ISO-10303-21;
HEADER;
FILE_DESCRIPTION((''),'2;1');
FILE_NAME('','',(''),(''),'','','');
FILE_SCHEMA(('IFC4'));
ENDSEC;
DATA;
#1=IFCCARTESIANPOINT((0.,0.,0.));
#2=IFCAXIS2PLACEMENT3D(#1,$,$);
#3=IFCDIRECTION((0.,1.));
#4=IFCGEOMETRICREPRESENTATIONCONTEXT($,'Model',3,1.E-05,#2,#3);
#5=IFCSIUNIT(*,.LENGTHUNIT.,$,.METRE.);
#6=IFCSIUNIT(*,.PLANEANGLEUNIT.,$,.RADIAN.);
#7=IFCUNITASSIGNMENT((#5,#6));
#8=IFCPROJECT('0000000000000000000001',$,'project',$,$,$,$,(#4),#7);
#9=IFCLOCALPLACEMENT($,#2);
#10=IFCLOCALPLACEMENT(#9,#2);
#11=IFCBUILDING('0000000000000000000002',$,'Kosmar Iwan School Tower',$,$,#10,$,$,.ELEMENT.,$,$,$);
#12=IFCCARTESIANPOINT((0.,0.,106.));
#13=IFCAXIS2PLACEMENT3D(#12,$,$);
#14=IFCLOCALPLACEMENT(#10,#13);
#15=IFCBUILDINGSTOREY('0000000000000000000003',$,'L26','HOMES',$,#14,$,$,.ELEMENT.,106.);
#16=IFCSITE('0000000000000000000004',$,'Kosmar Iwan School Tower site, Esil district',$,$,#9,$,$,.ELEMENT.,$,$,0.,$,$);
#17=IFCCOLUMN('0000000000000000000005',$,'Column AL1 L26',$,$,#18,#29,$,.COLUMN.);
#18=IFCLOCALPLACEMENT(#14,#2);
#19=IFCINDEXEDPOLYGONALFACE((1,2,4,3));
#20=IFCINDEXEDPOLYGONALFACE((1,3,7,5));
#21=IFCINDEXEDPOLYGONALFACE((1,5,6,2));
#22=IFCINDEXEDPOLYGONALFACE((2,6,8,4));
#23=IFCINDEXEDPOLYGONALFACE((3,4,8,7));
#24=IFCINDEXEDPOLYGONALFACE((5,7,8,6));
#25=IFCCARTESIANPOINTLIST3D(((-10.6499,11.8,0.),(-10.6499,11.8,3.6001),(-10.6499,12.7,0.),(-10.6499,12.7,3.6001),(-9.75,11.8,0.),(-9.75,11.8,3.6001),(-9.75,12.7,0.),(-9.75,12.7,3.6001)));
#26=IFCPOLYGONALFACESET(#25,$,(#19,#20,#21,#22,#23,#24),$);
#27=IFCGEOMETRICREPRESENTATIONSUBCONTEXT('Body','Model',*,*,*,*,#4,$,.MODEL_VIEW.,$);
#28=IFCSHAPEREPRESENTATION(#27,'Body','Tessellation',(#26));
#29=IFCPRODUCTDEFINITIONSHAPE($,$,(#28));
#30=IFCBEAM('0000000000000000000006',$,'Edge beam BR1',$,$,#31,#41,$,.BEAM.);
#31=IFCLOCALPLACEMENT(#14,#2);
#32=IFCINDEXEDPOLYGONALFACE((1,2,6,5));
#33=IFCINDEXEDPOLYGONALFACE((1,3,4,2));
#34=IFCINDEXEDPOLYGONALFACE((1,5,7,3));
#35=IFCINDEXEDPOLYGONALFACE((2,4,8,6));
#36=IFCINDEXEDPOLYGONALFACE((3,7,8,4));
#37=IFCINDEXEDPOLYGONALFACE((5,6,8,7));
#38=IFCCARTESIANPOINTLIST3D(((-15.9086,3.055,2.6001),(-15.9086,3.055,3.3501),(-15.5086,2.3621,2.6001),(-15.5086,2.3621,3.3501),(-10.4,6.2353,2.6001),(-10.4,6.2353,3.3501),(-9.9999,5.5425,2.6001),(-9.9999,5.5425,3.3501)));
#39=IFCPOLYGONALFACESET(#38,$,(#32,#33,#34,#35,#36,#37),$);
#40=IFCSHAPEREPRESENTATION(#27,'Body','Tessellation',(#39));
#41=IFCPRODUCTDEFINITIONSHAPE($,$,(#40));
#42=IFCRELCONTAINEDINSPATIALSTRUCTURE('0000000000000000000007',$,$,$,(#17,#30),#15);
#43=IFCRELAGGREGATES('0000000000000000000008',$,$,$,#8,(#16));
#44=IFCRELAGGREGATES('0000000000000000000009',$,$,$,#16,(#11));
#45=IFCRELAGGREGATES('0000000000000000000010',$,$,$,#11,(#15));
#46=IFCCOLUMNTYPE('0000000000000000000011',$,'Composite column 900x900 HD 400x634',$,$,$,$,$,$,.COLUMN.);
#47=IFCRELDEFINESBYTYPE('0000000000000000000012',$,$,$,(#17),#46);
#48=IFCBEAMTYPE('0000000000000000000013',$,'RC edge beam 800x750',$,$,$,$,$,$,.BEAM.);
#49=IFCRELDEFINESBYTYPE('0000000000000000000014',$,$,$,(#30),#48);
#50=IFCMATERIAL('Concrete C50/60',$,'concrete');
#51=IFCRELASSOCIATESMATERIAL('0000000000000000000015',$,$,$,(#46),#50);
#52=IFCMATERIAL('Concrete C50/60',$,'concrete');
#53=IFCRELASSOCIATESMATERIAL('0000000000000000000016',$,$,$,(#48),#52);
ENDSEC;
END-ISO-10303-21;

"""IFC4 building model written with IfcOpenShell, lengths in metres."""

from ifc_helpers import new_model, si_unit, direction, frame, origin, origin_2d, place, context, subcontext, project, spatial, rectangle, extrude, material, material_profile, profile_set, type_object, element, save


model = new_model("IFC4")

# Units and contexts
model_context = context("Model", 3, precision=1e-05, world=origin(), true_north=direction((0.0, 1.0)))
body_context = subcontext(model_context, "Body", "Model", "MODEL_VIEW")
ifc_project = project(units=[si_unit("LENGTHUNIT", "METRE"), si_unit("PLANEANGLEUNIT", "RADIAN")], contexts=[model_context])

# Site, building, storey
site_placement = place(None, origin())
site = spatial("IfcSite", under=ifc_project, at=site_placement, Name="Kosmar Iwan School Tower site, Esil district", CompositionType="ELEMENT", RefElevation=0.0)
building_placement = place(site_placement, origin())
building = spatial("IfcBuilding", under=site, at=building_placement, Name="Kosmar Iwan School Tower", CompositionType="ELEMENT")
storey_placement = place(building_placement, frame((0.0, 0.0, 106.0)))
storey = spatial("IfcBuildingStorey", under=building, at=storey_placement, Name="L26", Description="HOMES", CompositionType="ELEMENT", Elevation=106.0)

# Column
ifc_material_1 = material(Name="Concrete C50/60", Category="concrete")
ifc_material_profile_1 = material_profile(ifc_material_1, rectangle(XDim=0.8999, YDim=0.8999, at=origin_2d()), Name="RC 900x900 + HD 400x634")
ifc_profile_set_1 = profile_set([ifc_material_profile_1], Name="Concrete C50/60")
column_type = type_object("IfcColumnType", Name="Composite column 900x900 HD 400x634", PredefinedType="COLUMN", material=ifc_profile_set_1)
column_placement = place(storey_placement, frame((-10.2, 12.25, 0.0), z_axis=(0.0, 0.0, 1.0), x_axis=(0.0, 1.0, 0.0)))
element("IfcColumn", 1, at=column_placement, inside=storey, type_object=column_type, Name="Column AL1 L26", PredefinedType="COLUMN", context=body_context, shape_type="SweptSolid", body=[
    extrude(rectangle(XDim=0.8999, YDim=0.8999, at=origin_2d()), origin(), (0.0, 0.0, 1.0), 3.6001),
])

# Beam
ifc_material_2 = material(Name="Concrete C50/60", Category="concrete")
ifc_material_profile_2 = material_profile(ifc_material_2, rectangle(XDim=0.8, YDim=0.75, at=origin_2d()), Name="RC 800x750")
ifc_profile_set_2 = profile_set([ifc_material_profile_2], Name="Concrete C50/60")
beam_type = type_object("IfcBeamType", Name="RC edge beam 800x750", PredefinedType="BEAM", material=ifc_profile_set_2)
beam_placement = place(storey_placement, frame((-10.2, 5.8889, 2.9751), z_axis=(-0.866031, -0.49999, 0.0), x_axis=(0.49999, -0.866031, 0.0)))
element("IfcBeam", 2, at=beam_placement, inside=storey, type_object=beam_type, Name="Edge beam BR1", PredefinedType="BEAM", context=body_context, shape_type="SweptSolid", body=[
    extrude(rectangle(XDim=0.8, YDim=0.75, at=origin_2d()), origin(), (0.0, 0.0, 1.0), 6.3608),
])

save(model, "model.ifc")
